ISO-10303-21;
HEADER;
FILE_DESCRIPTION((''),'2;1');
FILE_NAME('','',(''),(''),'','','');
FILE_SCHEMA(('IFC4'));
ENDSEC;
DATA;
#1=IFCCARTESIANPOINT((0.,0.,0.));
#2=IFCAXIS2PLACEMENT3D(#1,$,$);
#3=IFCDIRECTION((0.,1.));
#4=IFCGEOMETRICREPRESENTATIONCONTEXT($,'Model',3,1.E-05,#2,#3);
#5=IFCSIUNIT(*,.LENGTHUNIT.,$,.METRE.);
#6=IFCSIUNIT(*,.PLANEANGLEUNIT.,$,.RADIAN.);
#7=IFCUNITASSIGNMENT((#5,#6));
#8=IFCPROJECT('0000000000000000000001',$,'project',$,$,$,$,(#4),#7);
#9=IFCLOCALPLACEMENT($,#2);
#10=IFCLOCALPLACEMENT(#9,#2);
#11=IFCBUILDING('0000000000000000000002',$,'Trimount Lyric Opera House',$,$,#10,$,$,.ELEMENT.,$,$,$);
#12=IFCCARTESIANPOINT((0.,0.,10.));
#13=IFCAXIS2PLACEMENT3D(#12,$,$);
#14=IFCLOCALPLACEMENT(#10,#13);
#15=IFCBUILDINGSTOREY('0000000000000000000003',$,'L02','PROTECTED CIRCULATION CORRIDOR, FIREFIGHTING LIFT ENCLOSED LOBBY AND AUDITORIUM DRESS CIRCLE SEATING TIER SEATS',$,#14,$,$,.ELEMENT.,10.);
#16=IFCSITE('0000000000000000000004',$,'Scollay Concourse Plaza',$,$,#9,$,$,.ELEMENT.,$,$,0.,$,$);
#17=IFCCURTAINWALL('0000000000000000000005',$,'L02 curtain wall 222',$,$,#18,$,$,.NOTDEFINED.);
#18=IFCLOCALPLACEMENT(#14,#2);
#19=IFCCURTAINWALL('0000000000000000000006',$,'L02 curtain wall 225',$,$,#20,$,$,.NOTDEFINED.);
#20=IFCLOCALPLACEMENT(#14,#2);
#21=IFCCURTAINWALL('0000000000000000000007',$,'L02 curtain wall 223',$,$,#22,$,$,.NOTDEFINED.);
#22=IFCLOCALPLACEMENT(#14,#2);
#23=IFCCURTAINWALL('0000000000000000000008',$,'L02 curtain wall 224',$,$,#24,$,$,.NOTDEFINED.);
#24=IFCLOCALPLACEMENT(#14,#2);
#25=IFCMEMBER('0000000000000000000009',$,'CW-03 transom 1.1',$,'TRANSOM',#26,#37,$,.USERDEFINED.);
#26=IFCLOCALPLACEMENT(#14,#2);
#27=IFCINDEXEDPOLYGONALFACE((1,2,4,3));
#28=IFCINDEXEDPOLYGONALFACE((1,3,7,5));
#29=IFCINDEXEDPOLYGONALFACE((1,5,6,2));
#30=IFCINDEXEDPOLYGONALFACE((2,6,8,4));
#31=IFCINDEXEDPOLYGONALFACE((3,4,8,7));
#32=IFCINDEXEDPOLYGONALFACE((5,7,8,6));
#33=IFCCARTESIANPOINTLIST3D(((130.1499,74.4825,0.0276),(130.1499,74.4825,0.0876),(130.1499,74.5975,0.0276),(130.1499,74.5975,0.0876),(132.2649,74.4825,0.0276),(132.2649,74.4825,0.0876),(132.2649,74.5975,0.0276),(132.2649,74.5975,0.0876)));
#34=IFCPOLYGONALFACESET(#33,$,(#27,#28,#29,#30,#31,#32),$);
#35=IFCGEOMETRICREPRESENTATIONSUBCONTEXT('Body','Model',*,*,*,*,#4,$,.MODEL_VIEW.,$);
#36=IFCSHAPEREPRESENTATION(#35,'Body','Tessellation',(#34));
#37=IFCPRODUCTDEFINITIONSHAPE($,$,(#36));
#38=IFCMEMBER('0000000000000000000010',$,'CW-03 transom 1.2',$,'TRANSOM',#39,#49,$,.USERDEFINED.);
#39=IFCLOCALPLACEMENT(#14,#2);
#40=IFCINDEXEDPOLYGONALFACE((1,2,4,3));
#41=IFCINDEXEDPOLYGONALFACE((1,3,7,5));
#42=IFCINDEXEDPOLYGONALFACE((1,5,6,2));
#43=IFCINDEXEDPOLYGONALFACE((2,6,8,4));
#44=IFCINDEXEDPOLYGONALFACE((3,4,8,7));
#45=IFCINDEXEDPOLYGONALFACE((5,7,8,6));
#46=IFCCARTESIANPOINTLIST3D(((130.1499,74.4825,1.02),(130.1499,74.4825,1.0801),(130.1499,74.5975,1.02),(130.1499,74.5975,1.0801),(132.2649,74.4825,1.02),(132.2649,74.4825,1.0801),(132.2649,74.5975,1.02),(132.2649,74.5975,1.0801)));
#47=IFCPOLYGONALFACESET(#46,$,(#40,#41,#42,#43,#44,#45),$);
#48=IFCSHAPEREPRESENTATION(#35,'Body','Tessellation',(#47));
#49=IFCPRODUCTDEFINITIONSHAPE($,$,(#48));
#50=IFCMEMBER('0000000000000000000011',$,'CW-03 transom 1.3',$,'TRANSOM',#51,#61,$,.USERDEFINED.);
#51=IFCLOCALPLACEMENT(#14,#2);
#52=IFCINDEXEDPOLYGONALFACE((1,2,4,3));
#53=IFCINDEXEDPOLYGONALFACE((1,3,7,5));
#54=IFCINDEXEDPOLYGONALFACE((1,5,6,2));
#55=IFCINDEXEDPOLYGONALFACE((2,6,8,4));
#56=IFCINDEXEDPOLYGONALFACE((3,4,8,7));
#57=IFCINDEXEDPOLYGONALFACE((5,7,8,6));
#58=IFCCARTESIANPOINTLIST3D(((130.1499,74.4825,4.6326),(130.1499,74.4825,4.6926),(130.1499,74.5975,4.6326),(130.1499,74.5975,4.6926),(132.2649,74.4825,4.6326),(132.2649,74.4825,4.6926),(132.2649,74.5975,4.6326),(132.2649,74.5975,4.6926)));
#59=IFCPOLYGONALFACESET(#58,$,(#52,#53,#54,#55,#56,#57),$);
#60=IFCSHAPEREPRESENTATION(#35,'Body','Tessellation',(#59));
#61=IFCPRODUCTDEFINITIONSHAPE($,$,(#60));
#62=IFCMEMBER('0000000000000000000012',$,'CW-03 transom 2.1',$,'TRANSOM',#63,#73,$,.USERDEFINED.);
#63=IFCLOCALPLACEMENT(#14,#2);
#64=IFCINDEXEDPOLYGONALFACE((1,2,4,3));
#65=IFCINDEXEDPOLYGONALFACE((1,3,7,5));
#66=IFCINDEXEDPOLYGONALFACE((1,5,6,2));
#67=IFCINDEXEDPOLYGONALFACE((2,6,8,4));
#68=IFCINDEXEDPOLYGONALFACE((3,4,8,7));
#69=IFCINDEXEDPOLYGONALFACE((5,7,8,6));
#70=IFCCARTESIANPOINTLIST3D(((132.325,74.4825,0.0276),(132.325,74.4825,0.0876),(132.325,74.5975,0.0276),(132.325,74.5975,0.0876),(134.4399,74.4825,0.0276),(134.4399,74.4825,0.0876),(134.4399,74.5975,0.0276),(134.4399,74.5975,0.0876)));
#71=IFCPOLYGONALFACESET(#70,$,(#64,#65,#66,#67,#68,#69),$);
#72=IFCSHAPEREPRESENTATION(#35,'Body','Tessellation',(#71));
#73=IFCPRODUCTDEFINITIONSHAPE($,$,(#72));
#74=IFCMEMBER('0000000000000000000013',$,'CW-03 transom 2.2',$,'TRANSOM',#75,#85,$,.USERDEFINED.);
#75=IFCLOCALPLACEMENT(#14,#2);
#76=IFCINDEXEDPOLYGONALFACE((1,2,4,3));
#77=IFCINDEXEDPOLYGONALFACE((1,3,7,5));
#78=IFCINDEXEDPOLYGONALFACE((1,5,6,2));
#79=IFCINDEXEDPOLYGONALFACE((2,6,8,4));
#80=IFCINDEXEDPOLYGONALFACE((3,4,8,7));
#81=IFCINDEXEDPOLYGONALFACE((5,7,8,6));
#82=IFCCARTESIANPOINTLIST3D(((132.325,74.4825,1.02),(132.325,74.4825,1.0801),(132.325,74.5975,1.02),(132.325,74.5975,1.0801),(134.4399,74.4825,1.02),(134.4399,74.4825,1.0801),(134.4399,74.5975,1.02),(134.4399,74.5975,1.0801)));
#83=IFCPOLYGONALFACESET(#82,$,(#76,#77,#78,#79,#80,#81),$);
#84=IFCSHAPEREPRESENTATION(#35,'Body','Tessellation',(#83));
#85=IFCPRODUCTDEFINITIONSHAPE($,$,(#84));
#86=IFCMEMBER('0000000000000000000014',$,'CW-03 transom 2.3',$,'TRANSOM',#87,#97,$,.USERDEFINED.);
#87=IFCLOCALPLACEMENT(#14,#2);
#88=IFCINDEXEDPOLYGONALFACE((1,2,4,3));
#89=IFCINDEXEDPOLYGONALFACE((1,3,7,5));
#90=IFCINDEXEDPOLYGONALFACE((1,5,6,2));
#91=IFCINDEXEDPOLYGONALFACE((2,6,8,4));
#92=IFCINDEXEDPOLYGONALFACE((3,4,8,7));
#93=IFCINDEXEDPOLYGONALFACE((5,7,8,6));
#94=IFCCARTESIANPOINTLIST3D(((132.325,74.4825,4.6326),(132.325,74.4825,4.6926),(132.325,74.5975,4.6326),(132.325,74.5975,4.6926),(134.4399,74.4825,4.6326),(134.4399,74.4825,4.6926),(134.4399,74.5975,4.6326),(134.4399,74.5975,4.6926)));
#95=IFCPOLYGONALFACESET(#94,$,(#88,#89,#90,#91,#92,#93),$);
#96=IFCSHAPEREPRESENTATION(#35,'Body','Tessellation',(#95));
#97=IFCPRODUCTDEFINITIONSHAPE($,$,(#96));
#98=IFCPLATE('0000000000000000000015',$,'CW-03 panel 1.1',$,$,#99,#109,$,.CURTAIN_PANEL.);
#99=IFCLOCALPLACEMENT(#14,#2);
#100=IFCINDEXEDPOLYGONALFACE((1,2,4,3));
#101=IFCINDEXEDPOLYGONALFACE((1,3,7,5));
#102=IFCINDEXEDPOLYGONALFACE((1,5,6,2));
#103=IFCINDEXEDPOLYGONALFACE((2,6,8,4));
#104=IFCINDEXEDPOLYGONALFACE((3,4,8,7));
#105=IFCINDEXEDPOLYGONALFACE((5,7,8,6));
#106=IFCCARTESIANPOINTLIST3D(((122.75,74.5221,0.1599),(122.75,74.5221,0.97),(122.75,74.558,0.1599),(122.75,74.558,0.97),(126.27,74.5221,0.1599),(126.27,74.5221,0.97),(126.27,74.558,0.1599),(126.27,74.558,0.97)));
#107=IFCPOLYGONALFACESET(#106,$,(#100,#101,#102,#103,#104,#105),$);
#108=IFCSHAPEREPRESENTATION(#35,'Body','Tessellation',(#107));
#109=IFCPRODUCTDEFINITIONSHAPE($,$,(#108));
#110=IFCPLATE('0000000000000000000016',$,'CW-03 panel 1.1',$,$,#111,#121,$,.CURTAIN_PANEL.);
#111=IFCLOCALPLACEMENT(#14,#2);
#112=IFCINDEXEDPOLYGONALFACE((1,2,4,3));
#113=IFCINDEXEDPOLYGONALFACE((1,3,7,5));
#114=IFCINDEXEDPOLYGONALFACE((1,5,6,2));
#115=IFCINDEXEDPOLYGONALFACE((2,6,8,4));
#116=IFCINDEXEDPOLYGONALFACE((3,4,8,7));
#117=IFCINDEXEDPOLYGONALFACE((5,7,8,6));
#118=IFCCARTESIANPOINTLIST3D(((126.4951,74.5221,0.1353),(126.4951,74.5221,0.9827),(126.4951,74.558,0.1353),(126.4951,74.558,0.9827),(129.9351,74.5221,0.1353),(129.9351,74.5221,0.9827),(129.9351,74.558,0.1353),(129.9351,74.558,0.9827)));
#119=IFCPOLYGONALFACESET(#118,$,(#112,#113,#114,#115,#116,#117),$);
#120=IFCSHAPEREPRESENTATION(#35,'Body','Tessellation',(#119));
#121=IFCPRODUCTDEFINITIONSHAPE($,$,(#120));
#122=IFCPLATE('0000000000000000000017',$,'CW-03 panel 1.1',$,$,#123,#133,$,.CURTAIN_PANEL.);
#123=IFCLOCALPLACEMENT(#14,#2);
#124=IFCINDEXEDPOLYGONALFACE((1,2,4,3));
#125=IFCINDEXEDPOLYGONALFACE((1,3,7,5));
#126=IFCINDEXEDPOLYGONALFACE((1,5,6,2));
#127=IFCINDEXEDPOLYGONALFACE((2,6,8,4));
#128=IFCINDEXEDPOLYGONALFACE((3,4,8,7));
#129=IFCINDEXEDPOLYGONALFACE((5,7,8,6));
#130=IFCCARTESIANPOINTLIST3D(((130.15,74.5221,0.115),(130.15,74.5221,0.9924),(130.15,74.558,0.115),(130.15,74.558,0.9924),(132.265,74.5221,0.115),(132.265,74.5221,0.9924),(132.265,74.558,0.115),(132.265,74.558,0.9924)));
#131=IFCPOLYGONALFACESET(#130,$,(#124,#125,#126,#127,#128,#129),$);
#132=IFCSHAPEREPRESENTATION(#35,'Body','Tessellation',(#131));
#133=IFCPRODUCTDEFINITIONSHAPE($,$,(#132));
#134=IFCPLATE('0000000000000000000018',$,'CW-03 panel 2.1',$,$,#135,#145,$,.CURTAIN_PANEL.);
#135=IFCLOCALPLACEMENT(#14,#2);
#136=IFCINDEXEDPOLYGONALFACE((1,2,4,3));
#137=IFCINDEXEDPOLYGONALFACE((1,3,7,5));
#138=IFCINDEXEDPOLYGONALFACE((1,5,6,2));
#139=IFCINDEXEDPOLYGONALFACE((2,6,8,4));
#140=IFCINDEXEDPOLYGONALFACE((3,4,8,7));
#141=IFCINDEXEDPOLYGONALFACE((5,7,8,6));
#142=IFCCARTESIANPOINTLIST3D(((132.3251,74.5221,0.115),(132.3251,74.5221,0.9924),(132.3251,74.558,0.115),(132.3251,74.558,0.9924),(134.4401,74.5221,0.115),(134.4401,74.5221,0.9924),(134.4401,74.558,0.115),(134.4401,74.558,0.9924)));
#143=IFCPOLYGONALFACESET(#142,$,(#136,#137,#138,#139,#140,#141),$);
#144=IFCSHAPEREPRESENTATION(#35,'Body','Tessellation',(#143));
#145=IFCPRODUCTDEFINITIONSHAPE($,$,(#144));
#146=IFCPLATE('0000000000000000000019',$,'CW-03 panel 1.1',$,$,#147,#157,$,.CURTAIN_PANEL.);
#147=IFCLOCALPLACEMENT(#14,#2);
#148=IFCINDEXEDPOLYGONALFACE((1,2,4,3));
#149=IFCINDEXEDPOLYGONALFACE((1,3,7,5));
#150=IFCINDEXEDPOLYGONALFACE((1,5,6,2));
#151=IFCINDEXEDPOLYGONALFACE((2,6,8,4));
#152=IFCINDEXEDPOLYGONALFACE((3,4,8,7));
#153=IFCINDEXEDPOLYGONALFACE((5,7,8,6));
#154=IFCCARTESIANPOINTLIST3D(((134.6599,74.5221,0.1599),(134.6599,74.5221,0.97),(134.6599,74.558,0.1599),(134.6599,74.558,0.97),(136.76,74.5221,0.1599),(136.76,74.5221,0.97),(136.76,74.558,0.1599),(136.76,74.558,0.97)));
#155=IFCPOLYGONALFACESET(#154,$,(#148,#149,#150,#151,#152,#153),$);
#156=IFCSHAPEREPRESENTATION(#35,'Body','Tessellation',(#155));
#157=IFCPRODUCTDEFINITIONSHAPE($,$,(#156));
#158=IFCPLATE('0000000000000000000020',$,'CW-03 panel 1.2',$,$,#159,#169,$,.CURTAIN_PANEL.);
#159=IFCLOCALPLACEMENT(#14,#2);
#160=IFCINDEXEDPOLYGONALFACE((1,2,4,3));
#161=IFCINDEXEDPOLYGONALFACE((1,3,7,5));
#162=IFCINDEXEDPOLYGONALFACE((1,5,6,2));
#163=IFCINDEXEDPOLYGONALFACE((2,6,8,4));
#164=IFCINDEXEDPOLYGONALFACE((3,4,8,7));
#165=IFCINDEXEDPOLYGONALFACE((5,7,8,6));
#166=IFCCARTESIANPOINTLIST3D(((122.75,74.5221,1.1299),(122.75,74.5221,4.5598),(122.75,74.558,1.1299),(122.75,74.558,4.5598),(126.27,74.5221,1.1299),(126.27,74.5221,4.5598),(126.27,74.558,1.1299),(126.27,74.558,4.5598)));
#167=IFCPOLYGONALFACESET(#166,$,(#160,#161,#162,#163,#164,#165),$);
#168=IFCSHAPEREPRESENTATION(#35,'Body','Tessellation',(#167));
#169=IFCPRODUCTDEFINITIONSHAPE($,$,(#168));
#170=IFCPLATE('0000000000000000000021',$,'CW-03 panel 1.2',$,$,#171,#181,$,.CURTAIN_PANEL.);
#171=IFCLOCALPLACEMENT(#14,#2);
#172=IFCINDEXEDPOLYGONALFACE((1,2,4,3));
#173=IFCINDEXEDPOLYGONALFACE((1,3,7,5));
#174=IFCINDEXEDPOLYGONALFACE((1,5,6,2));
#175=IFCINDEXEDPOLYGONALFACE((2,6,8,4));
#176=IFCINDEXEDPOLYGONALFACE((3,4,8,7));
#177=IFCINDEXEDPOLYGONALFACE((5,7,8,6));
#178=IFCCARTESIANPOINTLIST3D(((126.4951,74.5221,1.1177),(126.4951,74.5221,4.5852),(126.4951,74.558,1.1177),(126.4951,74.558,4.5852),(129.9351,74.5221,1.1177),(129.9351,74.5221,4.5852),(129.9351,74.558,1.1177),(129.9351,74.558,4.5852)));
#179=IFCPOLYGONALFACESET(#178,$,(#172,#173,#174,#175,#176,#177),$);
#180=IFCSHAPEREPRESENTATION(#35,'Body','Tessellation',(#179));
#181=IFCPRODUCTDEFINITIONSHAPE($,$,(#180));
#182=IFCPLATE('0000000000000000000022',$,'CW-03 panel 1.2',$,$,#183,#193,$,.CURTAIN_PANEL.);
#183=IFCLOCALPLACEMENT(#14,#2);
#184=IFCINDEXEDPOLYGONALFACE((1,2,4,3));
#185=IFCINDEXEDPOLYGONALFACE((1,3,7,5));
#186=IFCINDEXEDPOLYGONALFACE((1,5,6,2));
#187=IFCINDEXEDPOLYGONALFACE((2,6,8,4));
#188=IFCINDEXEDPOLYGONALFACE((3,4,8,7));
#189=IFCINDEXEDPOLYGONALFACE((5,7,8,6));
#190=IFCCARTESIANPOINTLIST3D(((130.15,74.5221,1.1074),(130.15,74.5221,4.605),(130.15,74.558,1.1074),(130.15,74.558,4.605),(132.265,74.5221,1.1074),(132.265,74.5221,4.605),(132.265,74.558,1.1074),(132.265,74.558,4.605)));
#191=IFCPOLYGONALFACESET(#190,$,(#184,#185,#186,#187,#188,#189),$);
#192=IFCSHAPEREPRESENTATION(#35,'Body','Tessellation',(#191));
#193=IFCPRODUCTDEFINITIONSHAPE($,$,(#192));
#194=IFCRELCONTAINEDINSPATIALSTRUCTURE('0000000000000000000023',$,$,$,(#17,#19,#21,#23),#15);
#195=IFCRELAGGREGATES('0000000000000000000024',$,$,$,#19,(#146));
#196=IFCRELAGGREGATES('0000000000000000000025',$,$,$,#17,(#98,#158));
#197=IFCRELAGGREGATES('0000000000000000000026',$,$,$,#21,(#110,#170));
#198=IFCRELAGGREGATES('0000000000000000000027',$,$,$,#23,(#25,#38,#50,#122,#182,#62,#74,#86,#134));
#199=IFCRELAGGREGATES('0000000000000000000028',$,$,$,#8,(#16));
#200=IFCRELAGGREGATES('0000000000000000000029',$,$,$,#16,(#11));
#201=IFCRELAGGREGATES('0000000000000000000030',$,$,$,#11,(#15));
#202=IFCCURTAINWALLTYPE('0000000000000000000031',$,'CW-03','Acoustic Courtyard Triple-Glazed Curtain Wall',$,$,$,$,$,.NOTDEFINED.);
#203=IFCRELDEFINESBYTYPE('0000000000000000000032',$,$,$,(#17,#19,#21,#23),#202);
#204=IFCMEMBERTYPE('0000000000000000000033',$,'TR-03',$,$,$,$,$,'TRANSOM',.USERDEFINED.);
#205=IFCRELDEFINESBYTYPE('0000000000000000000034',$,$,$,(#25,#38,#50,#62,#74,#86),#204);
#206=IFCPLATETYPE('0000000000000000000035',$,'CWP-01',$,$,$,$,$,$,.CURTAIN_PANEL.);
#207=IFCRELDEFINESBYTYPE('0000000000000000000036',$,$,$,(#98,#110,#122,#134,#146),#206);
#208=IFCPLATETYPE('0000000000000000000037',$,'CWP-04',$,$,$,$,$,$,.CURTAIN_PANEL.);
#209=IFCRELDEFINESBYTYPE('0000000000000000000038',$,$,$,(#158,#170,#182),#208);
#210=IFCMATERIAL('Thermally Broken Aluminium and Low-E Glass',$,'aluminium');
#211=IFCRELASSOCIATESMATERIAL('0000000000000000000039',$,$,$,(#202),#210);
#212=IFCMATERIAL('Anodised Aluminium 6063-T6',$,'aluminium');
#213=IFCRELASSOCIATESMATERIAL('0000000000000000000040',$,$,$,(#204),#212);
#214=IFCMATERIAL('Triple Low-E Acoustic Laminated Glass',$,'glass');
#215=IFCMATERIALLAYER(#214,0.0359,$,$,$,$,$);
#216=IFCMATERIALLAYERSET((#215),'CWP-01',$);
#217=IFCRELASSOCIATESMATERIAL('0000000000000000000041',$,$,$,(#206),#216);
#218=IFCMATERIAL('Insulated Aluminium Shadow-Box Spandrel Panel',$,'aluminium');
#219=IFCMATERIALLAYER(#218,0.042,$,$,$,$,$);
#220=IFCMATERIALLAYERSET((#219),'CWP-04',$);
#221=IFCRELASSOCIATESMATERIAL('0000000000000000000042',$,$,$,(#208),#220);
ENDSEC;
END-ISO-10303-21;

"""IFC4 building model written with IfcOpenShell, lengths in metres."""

from ifc_helpers import new_model, si_unit, direction, frame, origin, origin_2d, place, context, subcontext, project, spatial, rectangle, extrude, material, layer, layer_set, material_profile, profile_set, type_object, element, aggregate, save


model = new_model("IFC4")

# Units and contexts
model_context = context("Model", 3, precision=1e-05, world=origin(), true_north=direction((0.0, 1.0)))
body_context = subcontext(model_context, "Body", "Model", "MODEL_VIEW")
ifc_project = project(units=[si_unit("LENGTHUNIT", "METRE"), si_unit("PLANEANGLEUNIT", "RADIAN")], contexts=[model_context])

# Site, building, storey
site_placement = place(None, origin())
site = spatial("IfcSite", under=ifc_project, at=site_placement, Name="Scollay Concourse Plaza", CompositionType="ELEMENT", RefElevation=0.0)
building_placement = place(site_placement, origin())
building = spatial("IfcBuilding", under=site, at=building_placement, Name="Trimount Lyric Opera House", CompositionType="ELEMENT")
storey_placement = place(building_placement, frame((0.0, 0.0, 10.0)))
storey = spatial("IfcBuildingStorey", under=building, at=storey_placement, Name="L02", Description="PROTECTED CIRCULATION CORRIDOR, FIREFIGHTING LIFT ENCLOSED LOBBY AND AUDITORIUM DRESS CIRCLE SEATING TIER SEATS", CompositionType="ELEMENT", Elevation=10.0)

# Curtain walls
ifc_material_1 = material(Name="Thermally Broken Aluminium and Low-E Glass", Category="aluminium")
curtain_wall_type = type_object("IfcCurtainWallType", Name="CW-03", Description="Acoustic Courtyard Triple-Glazed Curtain Wall", PredefinedType="NOTDEFINED", material=ifc_material_1)
curtain_wall_1_placement = place(storey_placement, origin())
curtain_wall_1 = element("IfcCurtainWall", 1, at=curtain_wall_1_placement, inside=storey, type_object=curtain_wall_type, Name="L02 curtain wall 222", PredefinedType="NOTDEFINED")
curtain_wall_2_placement = place(storey_placement, origin())
curtain_wall_2 = element("IfcCurtainWall", 2, at=curtain_wall_2_placement, inside=storey, type_object=curtain_wall_type, Name="L02 curtain wall 225", PredefinedType="NOTDEFINED")

# Curtain walls
curtain_wall_3_placement = place(storey_placement, origin())
curtain_wall_3 = element("IfcCurtainWall", 3, at=curtain_wall_3_placement, inside=storey, type_object=curtain_wall_type, Name="L02 curtain wall 223", PredefinedType="NOTDEFINED")
curtain_wall_4_placement = place(storey_placement, origin())
curtain_wall_4 = element("IfcCurtainWall", 4, at=curtain_wall_4_placement, inside=storey, type_object=curtain_wall_type, Name="L02 curtain wall 224", PredefinedType="NOTDEFINED")

# Members
ifc_material_2 = material(Name="Anodised Aluminium 6063-T6", Category="aluminium")
ifc_material_profile_1 = material_profile(ifc_material_2, rectangle(XDim=0.115, YDim=0.0601, at=origin_2d()), Name="ALU-TRAN-60X115")
ifc_profile_set_1 = profile_set([ifc_material_profile_1], Name="Anodised Aluminium 6063-T6")
member_type_1 = type_object("IfcMemberType", Name="TR-03", ElementType="TRANSOM", PredefinedType="USERDEFINED", material=ifc_profile_set_1)
member_1_placement = place(storey_placement, frame((130.1499, 74.54, 0.0576), z_axis=(1.0, 0.0, 0.0), x_axis=(0.0, 1.0, 0.0)))
member_1 = element("IfcMember", 5, at=member_1_placement, type_object=member_type_1, Name="CW-03 transom 1.1", ObjectType="TRANSOM", PredefinedType="USERDEFINED", context=body_context, shape_type="SweptSolid", body=[
    extrude(rectangle(XDim=0.115, YDim=0.0601, at=origin_2d()), origin(), (0.0, 0.0, 1.0), 2.115),
])
member_2_placement = place(storey_placement, frame((130.1499, 74.54, 1.05), z_axis=(1.0, 0.0, 0.0), x_axis=(0.0, 1.0, 0.0)))
member_2 = element("IfcMember", 6, at=member_2_placement, type_object=member_type_1, Name="CW-03 transom 1.2", ObjectType="TRANSOM", PredefinedType="USERDEFINED", context=body_context, shape_type="SweptSolid", body=[
    extrude(rectangle(XDim=0.115, YDim=0.0601, at=origin_2d()), origin(), (0.0, 0.0, 1.0), 2.115),
])
member_3_placement = place(storey_placement, frame((130.1499, 74.54, 4.6626), z_axis=(1.0, 0.0, 0.0), x_axis=(0.0, 1.0, 0.0)))
member_3 = element("IfcMember", 7, at=member_3_placement, type_object=member_type_1, Name="CW-03 transom 1.3", ObjectType="TRANSOM", PredefinedType="USERDEFINED", context=body_context, shape_type="SweptSolid", body=[
    extrude(rectangle(XDim=0.115, YDim=0.0601, at=origin_2d()), origin(), (0.0, 0.0, 1.0), 2.115),
])
member_4_placement = place(storey_placement, frame((132.325, 74.54, 0.0576), z_axis=(1.0, 0.0, 0.0), x_axis=(0.0, 1.0, 0.0)))
member_4 = element("IfcMember", 8, at=member_4_placement, type_object=member_type_1, Name="CW-03 transom 2.1", ObjectType="TRANSOM", PredefinedType="USERDEFINED", context=body_context, shape_type="SweptSolid", body=[
    extrude(rectangle(XDim=0.115, YDim=0.0601, at=origin_2d()), origin(), (0.0, 0.0, 1.0), 2.115),
])
member_5_placement = place(storey_placement, frame((132.325, 74.54, 1.05), z_axis=(1.0, 0.0, 0.0), x_axis=(0.0, 1.0, 0.0)))
member_5 = element("IfcMember", 9, at=member_5_placement, type_object=member_type_1, Name="CW-03 transom 2.2", ObjectType="TRANSOM", PredefinedType="USERDEFINED", context=body_context, shape_type="SweptSolid", body=[
    extrude(rectangle(XDim=0.115, YDim=0.0601, at=origin_2d()), origin(), (0.0, 0.0, 1.0), 2.115),
])
member_6_placement = place(storey_placement, frame((132.325, 74.54, 4.6626), z_axis=(1.0, 0.0, 0.0), x_axis=(0.0, 1.0, 0.0)))
member_6 = element("IfcMember", 10, at=member_6_placement, type_object=member_type_1, Name="CW-03 transom 2.3", ObjectType="TRANSOM", PredefinedType="USERDEFINED", context=body_context, shape_type="SweptSolid", body=[
    extrude(rectangle(XDim=0.115, YDim=0.0601, at=origin_2d()), origin(), (0.0, 0.0, 1.0), 2.115),
])

# Plates
ifc_material_3 = material(Name="Triple Low-E Acoustic Laminated Glass", Category="glass")
ifc_layer_1 = layer(ifc_material_3, 0.0359)
ifc_layer_set_1 = layer_set([ifc_layer_1], Name="CWP-01")
plate_type_1 = type_object("IfcPlateType", Name="CWP-01", PredefinedType="CURTAIN_PANEL", material=ifc_layer_set_1)
plate_1_placement = place(storey_placement, frame((124.51, 74.54, 0.1599), z_axis=(0.0, 0.0, 1.0), x_axis=(1.0, 0.0, 0.0)))
plate_1 = element("IfcPlate", 11, at=plate_1_placement, type_object=plate_type_1, Name="CW-03 panel 1.1", PredefinedType="CURTAIN_PANEL", context=body_context, shape_type="SweptSolid", body=[
    extrude(rectangle(XDim=3.52, YDim=0.0359, at=origin_2d()), origin(), (0.0, 0.0, 1.0), 0.8101),
])
plate_2_placement = place(storey_placement, frame((128.2151, 74.54, 0.1353), z_axis=(0.0, 0.0, 1.0), x_axis=(1.0, 0.0, 0.0)))
plate_2 = element("IfcPlate", 12, at=plate_2_placement, type_object=plate_type_1, Name="CW-03 panel 1.1", PredefinedType="CURTAIN_PANEL", context=body_context, shape_type="SweptSolid", body=[
    extrude(rectangle(XDim=3.4399, YDim=0.0359, at=origin_2d()), origin(), (0.0, 0.0, 1.0), 0.8474),
])
plate_3_placement = place(storey_placement, frame((131.2075, 74.54, 0.115), z_axis=(0.0, 0.0, 1.0), x_axis=(1.0, 0.0, 0.0)))
plate_3 = element("IfcPlate", 13, at=plate_3_placement, type_object=plate_type_1, Name="CW-03 panel 1.1", PredefinedType="CURTAIN_PANEL", context=body_context, shape_type="SweptSolid", body=[
    extrude(rectangle(XDim=2.115, YDim=0.0359, at=origin_2d()), origin(), (0.0, 0.0, 1.0), 0.8774),
])
plate_4_placement = place(storey_placement, frame((133.3826, 74.54, 0.115), z_axis=(0.0, 0.0, 1.0), x_axis=(1.0, 0.0, 0.0)))
plate_4 = element("IfcPlate", 14, at=plate_4_placement, type_object=plate_type_1, Name="CW-03 panel 2.1", PredefinedType="CURTAIN_PANEL", context=body_context, shape_type="SweptSolid", body=[
    extrude(rectangle(XDim=2.115, YDim=0.0359, at=origin_2d()), origin(), (0.0, 0.0, 1.0), 0.8774),
])
plate_5_placement = place(storey_placement, frame((135.71, 74.54, 0.1599), z_axis=(0.0, 0.0, 1.0), x_axis=(1.0, 0.0, 0.0)))
plate_5 = element("IfcPlate", 15, at=plate_5_placement, type_object=plate_type_1, Name="CW-03 panel 1.1", PredefinedType="CURTAIN_PANEL", context=body_context, shape_type="SweptSolid", body=[
    extrude(rectangle(XDim=2.1001, YDim=0.0359, at=origin_2d()), origin(), (0.0, 0.0, 1.0), 0.8101),
])
aggregate(curtain_wall_2, [plate_5])
ifc_material_4 = material(Name="Insulated Aluminium Shadow-Box Spandrel Panel", Category="aluminium")
ifc_layer_2 = layer(ifc_material_4, 0.042)
ifc_layer_set_2 = layer_set([ifc_layer_2], Name="CWP-04")
plate_type_2 = type_object("IfcPlateType", Name="CWP-04", PredefinedType="CURTAIN_PANEL", material=ifc_layer_set_2)
plate_6_placement = place(storey_placement, frame((124.51, 74.54, 1.1299), z_axis=(0.0, 0.0, 1.0), x_axis=(1.0, 0.0, 0.0)))
plate_6 = element("IfcPlate", 16, at=plate_6_placement, type_object=plate_type_2, Name="CW-03 panel 1.2", PredefinedType="CURTAIN_PANEL", context=body_context, shape_type="SweptSolid", body=[
    extrude(rectangle(XDim=3.52, YDim=0.0359, at=origin_2d()), origin(), (0.0, 0.0, 1.0), 3.4299),
])
aggregate(curtain_wall_1, [plate_1, plate_6])
plate_7_placement = place(storey_placement, frame((128.2151, 74.54, 1.1177), z_axis=(0.0, 0.0, 1.0), x_axis=(1.0, 0.0, 0.0)))
plate_7 = element("IfcPlate", 17, at=plate_7_placement, type_object=plate_type_2, Name="CW-03 panel 1.2", PredefinedType="CURTAIN_PANEL", context=body_context, shape_type="SweptSolid", body=[
    extrude(rectangle(XDim=3.4399, YDim=0.0359, at=origin_2d()), origin(), (0.0, 0.0, 1.0), 3.4675),
])
aggregate(curtain_wall_3, [plate_2, plate_7])
plate_8_placement = place(storey_placement, frame((131.2075, 74.54, 1.1074), z_axis=(0.0, 0.0, 1.0), x_axis=(1.0, 0.0, 0.0)))
plate_8 = element("IfcPlate", 18, at=plate_8_placement, type_object=plate_type_2, Name="CW-03 panel 1.2", PredefinedType="CURTAIN_PANEL", context=body_context, shape_type="SweptSolid", body=[
    extrude(rectangle(XDim=2.115, YDim=0.0359, at=origin_2d()), origin(), (0.0, 0.0, 1.0), 3.4976),
])
aggregate(curtain_wall_4, [member_1, member_2, member_3, plate_3, plate_8, member_4, member_5, member_6, plate_4])

save(model, "model.ifc")
